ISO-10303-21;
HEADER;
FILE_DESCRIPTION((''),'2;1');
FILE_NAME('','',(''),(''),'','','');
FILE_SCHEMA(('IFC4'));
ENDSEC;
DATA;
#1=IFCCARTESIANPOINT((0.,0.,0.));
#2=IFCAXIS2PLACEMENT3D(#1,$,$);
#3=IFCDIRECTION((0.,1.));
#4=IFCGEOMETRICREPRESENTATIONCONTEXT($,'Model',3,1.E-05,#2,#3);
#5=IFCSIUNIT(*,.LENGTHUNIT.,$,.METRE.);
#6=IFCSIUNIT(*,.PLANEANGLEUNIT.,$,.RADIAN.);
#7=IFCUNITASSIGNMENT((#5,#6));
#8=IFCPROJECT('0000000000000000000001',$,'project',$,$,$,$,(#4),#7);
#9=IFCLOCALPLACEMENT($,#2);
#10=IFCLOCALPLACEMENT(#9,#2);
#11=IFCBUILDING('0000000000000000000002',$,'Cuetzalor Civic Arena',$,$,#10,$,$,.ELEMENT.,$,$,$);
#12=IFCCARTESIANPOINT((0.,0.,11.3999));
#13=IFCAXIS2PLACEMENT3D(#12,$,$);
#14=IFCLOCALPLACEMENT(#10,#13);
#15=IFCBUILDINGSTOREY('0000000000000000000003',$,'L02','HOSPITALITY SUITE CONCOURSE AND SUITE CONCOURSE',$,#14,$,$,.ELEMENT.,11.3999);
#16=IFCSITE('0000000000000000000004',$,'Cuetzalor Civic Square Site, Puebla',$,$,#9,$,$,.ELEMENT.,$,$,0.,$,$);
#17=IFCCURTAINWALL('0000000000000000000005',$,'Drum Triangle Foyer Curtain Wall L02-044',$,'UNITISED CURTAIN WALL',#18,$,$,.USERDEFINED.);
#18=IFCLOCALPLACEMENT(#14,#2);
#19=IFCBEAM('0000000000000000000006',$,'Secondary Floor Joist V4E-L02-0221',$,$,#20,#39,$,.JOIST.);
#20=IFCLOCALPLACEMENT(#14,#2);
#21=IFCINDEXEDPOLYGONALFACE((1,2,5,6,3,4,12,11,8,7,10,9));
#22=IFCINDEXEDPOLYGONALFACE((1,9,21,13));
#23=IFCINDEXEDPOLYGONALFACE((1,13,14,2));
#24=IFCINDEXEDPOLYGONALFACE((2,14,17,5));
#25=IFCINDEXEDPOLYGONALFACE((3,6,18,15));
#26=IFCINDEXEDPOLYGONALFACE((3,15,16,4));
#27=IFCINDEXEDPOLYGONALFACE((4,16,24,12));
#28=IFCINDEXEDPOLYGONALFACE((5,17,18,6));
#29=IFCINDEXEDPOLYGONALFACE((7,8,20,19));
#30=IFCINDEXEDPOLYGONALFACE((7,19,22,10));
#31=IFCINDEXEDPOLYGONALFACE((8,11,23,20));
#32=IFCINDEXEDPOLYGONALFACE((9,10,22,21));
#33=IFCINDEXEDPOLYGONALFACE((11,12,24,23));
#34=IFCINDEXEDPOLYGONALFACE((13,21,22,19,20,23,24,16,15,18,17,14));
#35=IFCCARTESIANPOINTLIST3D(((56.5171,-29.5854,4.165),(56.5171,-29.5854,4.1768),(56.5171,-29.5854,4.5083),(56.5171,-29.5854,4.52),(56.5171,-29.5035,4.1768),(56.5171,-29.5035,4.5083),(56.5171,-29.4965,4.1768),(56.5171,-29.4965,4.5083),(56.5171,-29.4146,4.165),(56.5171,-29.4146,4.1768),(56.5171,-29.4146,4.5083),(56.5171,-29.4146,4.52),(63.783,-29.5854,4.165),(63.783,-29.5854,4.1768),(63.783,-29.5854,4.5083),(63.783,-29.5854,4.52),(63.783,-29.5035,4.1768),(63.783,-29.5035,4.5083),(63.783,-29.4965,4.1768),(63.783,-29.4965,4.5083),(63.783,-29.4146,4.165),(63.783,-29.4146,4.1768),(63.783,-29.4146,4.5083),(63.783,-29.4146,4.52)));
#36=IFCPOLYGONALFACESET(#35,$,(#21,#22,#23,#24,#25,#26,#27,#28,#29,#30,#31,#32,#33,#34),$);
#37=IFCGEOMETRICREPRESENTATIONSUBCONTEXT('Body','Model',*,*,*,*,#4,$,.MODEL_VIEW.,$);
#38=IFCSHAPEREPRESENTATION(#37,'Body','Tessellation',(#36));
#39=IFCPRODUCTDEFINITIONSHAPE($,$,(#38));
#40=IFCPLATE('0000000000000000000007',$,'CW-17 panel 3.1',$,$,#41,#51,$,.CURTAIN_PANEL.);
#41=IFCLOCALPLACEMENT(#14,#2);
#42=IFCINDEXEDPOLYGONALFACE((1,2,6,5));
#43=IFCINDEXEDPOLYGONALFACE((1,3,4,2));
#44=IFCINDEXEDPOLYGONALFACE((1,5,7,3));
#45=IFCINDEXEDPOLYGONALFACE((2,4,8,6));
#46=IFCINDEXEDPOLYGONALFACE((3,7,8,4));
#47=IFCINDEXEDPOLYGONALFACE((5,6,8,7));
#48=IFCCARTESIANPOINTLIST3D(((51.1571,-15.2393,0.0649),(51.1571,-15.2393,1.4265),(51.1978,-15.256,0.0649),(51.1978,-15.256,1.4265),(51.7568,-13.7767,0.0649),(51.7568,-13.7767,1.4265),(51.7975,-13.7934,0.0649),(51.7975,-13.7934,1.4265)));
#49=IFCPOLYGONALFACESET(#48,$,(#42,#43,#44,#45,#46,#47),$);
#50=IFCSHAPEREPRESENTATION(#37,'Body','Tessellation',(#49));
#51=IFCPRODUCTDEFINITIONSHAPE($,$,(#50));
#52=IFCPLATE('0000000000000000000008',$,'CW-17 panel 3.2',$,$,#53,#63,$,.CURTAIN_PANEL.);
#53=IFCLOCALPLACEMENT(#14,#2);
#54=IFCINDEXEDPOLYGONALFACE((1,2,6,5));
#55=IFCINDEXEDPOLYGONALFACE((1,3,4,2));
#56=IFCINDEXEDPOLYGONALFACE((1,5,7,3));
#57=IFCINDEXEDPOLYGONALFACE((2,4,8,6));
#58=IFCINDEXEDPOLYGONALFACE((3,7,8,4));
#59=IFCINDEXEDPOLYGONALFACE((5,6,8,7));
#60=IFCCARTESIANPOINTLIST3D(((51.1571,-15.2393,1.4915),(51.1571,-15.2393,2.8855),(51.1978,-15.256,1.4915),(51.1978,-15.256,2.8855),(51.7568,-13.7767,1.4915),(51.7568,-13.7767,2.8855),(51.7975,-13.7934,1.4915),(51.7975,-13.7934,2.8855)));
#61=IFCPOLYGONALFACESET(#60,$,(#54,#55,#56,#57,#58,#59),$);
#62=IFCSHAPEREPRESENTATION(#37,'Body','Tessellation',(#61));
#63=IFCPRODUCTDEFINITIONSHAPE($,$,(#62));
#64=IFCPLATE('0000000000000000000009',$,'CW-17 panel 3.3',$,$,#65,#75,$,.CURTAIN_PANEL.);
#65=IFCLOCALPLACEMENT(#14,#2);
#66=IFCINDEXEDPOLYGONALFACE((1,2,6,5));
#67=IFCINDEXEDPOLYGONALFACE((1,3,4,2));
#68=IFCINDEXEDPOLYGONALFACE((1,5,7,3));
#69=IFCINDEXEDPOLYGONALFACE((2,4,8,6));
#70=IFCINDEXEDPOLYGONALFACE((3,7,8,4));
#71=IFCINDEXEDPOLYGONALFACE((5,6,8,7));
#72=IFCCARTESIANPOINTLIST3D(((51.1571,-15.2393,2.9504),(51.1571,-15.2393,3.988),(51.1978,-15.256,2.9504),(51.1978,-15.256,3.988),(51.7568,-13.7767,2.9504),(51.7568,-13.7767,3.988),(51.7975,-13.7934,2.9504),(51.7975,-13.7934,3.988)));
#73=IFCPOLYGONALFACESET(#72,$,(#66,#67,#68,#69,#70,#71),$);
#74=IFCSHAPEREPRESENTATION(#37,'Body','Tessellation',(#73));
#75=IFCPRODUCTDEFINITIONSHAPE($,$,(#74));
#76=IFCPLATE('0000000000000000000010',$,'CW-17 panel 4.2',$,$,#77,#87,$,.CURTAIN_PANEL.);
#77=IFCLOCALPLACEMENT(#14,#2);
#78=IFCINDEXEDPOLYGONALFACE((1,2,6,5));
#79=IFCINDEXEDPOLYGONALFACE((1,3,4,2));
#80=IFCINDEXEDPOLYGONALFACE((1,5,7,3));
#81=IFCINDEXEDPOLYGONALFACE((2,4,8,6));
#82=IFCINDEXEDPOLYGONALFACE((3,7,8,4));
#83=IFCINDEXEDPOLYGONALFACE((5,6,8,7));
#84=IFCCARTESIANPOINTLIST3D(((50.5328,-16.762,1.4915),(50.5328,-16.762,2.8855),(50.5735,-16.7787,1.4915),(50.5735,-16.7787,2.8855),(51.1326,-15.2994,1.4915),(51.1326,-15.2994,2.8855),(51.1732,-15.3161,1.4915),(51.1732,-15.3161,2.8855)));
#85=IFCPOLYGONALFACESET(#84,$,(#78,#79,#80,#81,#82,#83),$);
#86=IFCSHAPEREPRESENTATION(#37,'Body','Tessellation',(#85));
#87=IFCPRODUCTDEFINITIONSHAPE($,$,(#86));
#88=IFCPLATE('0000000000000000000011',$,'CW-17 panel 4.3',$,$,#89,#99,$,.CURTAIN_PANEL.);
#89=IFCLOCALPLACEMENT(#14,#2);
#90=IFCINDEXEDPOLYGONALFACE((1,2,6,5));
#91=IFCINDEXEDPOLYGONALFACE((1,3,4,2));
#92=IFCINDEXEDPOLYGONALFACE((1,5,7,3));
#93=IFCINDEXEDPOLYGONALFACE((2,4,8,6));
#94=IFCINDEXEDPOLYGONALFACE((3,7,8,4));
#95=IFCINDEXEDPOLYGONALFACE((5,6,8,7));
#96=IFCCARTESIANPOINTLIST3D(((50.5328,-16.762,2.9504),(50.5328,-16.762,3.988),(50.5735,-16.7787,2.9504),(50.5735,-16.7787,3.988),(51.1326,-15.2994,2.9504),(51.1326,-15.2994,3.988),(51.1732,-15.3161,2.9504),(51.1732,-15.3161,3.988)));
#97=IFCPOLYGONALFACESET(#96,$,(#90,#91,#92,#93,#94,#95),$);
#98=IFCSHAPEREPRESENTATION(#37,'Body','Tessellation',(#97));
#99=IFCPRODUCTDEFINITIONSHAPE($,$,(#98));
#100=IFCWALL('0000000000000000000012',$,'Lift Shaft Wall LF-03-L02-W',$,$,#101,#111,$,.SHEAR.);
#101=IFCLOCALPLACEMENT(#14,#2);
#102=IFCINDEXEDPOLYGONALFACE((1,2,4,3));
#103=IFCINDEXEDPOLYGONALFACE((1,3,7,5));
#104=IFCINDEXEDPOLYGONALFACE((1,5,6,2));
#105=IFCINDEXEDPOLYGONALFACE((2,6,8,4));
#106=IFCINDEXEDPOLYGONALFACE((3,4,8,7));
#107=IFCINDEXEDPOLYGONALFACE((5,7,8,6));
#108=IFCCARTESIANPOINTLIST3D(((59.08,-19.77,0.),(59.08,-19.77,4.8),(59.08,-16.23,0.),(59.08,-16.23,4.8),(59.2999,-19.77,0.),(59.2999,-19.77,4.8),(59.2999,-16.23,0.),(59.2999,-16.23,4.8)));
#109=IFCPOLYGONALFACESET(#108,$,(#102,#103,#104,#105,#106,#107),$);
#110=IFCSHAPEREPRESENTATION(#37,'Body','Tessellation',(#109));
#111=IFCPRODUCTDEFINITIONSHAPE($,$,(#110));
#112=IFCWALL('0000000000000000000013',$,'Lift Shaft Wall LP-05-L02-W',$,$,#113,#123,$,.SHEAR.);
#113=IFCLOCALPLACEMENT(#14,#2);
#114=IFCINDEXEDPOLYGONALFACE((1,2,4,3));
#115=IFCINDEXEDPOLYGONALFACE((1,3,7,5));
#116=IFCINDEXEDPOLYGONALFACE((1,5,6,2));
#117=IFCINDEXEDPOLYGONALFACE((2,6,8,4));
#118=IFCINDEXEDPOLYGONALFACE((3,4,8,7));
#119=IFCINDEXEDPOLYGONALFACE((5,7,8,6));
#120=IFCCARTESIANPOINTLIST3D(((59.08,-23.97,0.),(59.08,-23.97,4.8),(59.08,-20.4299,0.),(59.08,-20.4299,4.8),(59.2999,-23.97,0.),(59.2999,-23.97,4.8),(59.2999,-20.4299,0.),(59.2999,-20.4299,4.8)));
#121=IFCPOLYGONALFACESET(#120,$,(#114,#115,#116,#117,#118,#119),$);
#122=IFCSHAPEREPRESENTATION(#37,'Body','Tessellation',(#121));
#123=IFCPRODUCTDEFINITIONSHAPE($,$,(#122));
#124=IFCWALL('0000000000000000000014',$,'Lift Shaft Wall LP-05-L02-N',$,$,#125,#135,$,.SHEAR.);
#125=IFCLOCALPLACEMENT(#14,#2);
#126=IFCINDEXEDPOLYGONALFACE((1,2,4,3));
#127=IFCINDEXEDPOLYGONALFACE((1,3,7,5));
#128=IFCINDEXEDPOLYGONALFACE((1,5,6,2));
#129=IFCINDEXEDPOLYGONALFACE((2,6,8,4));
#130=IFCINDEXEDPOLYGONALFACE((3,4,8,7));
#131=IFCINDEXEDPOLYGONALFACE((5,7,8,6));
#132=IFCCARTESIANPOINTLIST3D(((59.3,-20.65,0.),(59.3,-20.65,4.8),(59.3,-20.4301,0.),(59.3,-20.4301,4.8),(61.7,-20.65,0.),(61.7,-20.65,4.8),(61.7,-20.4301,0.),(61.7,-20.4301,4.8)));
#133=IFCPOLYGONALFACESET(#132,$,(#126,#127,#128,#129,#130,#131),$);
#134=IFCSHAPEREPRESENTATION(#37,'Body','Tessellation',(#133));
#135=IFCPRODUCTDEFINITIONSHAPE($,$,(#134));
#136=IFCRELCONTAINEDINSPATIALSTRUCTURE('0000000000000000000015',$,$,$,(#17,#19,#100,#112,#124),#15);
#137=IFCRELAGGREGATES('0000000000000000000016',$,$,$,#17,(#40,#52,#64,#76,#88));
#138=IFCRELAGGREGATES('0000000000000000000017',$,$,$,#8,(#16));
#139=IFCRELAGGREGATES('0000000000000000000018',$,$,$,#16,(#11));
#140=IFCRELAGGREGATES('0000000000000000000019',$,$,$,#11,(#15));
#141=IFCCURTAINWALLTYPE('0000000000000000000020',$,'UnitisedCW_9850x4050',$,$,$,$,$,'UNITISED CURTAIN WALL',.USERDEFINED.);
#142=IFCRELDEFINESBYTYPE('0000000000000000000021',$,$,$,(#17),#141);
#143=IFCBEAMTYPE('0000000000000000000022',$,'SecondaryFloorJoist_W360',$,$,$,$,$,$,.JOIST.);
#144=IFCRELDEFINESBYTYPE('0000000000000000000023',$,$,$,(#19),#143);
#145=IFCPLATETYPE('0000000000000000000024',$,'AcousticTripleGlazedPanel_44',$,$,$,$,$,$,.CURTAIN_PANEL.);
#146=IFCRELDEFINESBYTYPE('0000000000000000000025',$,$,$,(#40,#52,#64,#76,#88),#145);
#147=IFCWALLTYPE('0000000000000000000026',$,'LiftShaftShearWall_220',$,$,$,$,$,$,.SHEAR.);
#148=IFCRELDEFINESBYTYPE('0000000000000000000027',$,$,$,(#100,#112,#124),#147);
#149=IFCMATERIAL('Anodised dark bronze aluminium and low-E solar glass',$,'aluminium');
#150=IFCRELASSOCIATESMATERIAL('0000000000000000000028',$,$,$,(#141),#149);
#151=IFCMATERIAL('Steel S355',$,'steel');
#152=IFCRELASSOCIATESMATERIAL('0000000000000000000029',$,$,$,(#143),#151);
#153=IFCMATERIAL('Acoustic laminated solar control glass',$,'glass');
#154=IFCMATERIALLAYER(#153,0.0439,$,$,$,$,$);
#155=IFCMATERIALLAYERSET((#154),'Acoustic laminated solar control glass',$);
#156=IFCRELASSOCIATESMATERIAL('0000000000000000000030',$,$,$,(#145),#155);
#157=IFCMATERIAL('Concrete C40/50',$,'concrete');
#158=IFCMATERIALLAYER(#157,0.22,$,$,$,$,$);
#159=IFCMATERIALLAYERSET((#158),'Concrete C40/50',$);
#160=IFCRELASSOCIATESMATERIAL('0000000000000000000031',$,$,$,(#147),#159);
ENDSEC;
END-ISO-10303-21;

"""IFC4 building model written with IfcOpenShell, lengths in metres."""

from ifc_helpers import new_model, si_unit, direction, frame, frame_2d, origin, origin_2d, place, context, subcontext, project, spatial, rectangle, i_section, extrude, material, layer, layer_set, material_profile, profile_set, type_object, element, aggregate, save


model = new_model("IFC4")

# Units and contexts
model_context = context("Model", 3, precision=1e-05, world=origin(), true_north=direction((0.0, 1.0)))
body_context = subcontext(model_context, "Body", "Model", "MODEL_VIEW")
ifc_project = project(units=[si_unit("LENGTHUNIT", "METRE"), si_unit("PLANEANGLEUNIT", "RADIAN")], contexts=[model_context])

# Site, building, storey
site_placement = place(None, origin())
site = spatial("IfcSite", under=ifc_project, at=site_placement, Name="Cuetzalor Civic Square Site, Puebla", CompositionType="ELEMENT", RefElevation=0.0)
building_placement = place(site_placement, origin())
building = spatial("IfcBuilding", under=site, at=building_placement, Name="Cuetzalor Civic Arena", CompositionType="ELEMENT")
storey_placement = place(building_placement, frame((0.0, 0.0, 11.3999)))
storey = spatial("IfcBuildingStorey", under=building, at=storey_placement, Name="L02", Description="HOSPITALITY SUITE CONCOURSE AND SUITE CONCOURSE", CompositionType="ELEMENT", Elevation=11.3999)

# Curtain wall
ifc_material_1 = material(Name="Anodised dark bronze aluminium and low-E solar glass", Category="aluminium")
curtain_wall_type = type_object("IfcCurtainWallType", Name="UnitisedCW_9850x4050", ElementType="UNITISED CURTAIN WALL", PredefinedType="USERDEFINED", material=ifc_material_1)
curtain_wall_placement = place(storey_placement, origin())
curtain_wall = element("IfcCurtainWall", 1, at=curtain_wall_placement, inside=storey, type_object=curtain_wall_type, Name="Drum Triangle Foyer Curtain Wall L02-044", ObjectType="UNITISED CURTAIN WALL", PredefinedType="USERDEFINED")

# Beam
ifc_material_2 = material(Name="Steel S355", Category="steel")
ifc_material_profile_1 = material_profile(ifc_material_2, i_section(OverallWidth=0.1709, OverallDepth=0.355, WebThickness=0.0071, FlangeThickness=0.0117, at=origin_2d()), Name="W360x51")
ifc_profile_set_1 = profile_set([ifc_material_profile_1], Name="Steel S355")
beam_type_1 = type_object("IfcBeamType", Name="SecondaryFloorJoist_W360", PredefinedType="JOIST", material=ifc_profile_set_1)
beam_1_placement = place(storey_placement, frame((56.5171, -29.5, 4.3425), z_axis=(1.0, 0.0, 0.0), x_axis=(0.0, 1.0, 0.0)))
element("IfcBeam", 2, at=beam_1_placement, inside=storey, type_object=beam_type_1, Name="Secondary Floor Joist V4E-L02-0221", PredefinedType="JOIST", context=body_context, shape_type="SweptSolid", body=[
    extrude(i_section(OverallWidth=0.1709, OverallDepth=0.355, WebThickness=0.0071, FlangeThickness=0.0117, at=origin_2d()), origin(), (0.0, 0.0, 1.0), 7.2659),
])

# Plates
ifc_material_3 = material(Name="Acoustic laminated solar control glass", Category="glass")
ifc_layer_1 = layer(ifc_material_3, 0.0439)
ifc_layer_set_1 = layer_set([ifc_layer_1], Name="Acoustic laminated solar control glass")
plate_type = type_object("IfcPlateType", Name="AcousticTripleGlazedPanel_44", PredefinedType="CURTAIN_PANEL", material=ifc_layer_set_1)
plate_1_placement = place(storey_placement, frame((51.4773, -14.5164, 0.0649), z_axis=(0.0, 0.0, 1.0), x_axis=(-0.379391, -0.925236, 0.0)))
plate_1 = element("IfcPlate", 3, at=plate_1_placement, type_object=plate_type, Name="CW-17 panel 3.1", PredefinedType="CURTAIN_PANEL", context=body_context, shape_type="SweptSolid", body=[
    extrude(rectangle(XDim=1.5808, YDim=0.0439, at=origin_2d()), origin(), (0.0, 0.0, 1.0), 1.3616),
])
plate_2_placement = place(storey_placement, frame((51.4773, -14.5164, 1.4915), z_axis=(0.0, 0.0, 1.0), x_axis=(-0.379391, -0.925236, 0.0)))
plate_2 = element("IfcPlate", 4, at=plate_2_placement, type_object=plate_type, Name="CW-17 panel 3.2", PredefinedType="CURTAIN_PANEL", context=body_context, shape_type="SweptSolid", body=[
    extrude(rectangle(XDim=1.5808, YDim=0.0439, at=origin_2d()), origin(), (0.0, 0.0, 1.0), 1.394),
])
plate_3_placement = place(storey_placement, frame((51.4773, -14.5164, 2.9504), z_axis=(0.0, 0.0, 1.0), x_axis=(-0.379391, -0.925236, 0.0)))
plate_3 = element("IfcPlate", 5, at=plate_3_placement, type_object=plate_type, Name="CW-17 panel 3.3", PredefinedType="CURTAIN_PANEL", context=body_context, shape_type="SweptSolid", body=[
    extrude(rectangle(XDim=1.5808, YDim=0.0439, at=origin_2d()), origin(), (0.0, 0.0, 1.0), 1.0376),
])
plate_4_placement = place(storey_placement, frame((50.853, -16.0391, 1.4915), z_axis=(0.0, 0.0, 1.0), x_axis=(-0.379391, -0.925236, 0.0)))
plate_4 = element("IfcPlate", 6, at=plate_4_placement, type_object=plate_type, Name="CW-17 panel 4.2", PredefinedType="CURTAIN_PANEL", context=body_context, shape_type="SweptSolid", body=[
    extrude(rectangle(XDim=1.5808, YDim=0.0439, at=origin_2d()), origin(), (0.0, 0.0, 1.0), 1.394),
])
plate_5_placement = place(storey_placement, frame((50.853, -16.0391, 2.9504), z_axis=(0.0, 0.0, 1.0), x_axis=(-0.379391, -0.925236, 0.0)))
plate_5 = element("IfcPlate", 7, at=plate_5_placement, type_object=plate_type, Name="CW-17 panel 4.3", PredefinedType="CURTAIN_PANEL", context=body_context, shape_type="SweptSolid", body=[
    extrude(rectangle(XDim=1.5808, YDim=0.0439, at=origin_2d()), origin(), (0.0, 0.0, 1.0), 1.0376),
])
aggregate(curtain_wall, [plate_1, plate_2, plate_3, plate_4, plate_5])

# Walls
ifc_material_4 = material(Name="Concrete C40/50", Category="concrete")
ifc_layer_2 = layer(ifc_material_4, 0.22)
ifc_layer_set_2 = layer_set([ifc_layer_2], Name="Concrete C40/50")
wall_type = type_object("IfcWallType", Name="LiftShaftShearWall_220", PredefinedType="SHEAR", material=ifc_layer_set_2)
for number, where, z_axis, x_axis, name in (
    (8, (59.1899, -19.77, 0.0), (0.0, 0.0, 1.0), (0.0, 1.0, 0.0), "Lift Shaft Wall LF-03-L02-W"),
    (9, (59.1899, -23.97, 0.0), (0.0, 0.0, 1.0), (0.0, 1.0, 0.0), "Lift Shaft Wall LP-05-L02-W"),
):
    element("IfcWall", number, at=place(storey_placement, frame(where, z_axis=z_axis, x_axis=x_axis)), inside=storey, type_object=wall_type, Name=name, PredefinedType="SHEAR", context=body_context, shape_type="SweptSolid", body=[
        extrude(rectangle(XDim=3.54, YDim=0.22, at=frame_2d((1.77, 0.0))), origin(), (0.0, 0.0, 1.0), 4.8),
    ])
wall_placement = place(storey_placement, frame((59.3, -20.54, 0.0), z_axis=(0.0, 0.0, 1.0), x_axis=(1.0, 0.0, 0.0)))
element("IfcWall", 10, at=wall_placement, inside=storey, type_object=wall_type, Name="Lift Shaft Wall LP-05-L02-N", PredefinedType="SHEAR", context=body_context, shape_type="SweptSolid", body=[
    extrude(rectangle(XDim=2.3999, YDim=0.22, at=frame_2d((1.2, 0.0))), origin(), (0.0, 0.0, 1.0), 4.8),
])

save(model, "model.ifc")
